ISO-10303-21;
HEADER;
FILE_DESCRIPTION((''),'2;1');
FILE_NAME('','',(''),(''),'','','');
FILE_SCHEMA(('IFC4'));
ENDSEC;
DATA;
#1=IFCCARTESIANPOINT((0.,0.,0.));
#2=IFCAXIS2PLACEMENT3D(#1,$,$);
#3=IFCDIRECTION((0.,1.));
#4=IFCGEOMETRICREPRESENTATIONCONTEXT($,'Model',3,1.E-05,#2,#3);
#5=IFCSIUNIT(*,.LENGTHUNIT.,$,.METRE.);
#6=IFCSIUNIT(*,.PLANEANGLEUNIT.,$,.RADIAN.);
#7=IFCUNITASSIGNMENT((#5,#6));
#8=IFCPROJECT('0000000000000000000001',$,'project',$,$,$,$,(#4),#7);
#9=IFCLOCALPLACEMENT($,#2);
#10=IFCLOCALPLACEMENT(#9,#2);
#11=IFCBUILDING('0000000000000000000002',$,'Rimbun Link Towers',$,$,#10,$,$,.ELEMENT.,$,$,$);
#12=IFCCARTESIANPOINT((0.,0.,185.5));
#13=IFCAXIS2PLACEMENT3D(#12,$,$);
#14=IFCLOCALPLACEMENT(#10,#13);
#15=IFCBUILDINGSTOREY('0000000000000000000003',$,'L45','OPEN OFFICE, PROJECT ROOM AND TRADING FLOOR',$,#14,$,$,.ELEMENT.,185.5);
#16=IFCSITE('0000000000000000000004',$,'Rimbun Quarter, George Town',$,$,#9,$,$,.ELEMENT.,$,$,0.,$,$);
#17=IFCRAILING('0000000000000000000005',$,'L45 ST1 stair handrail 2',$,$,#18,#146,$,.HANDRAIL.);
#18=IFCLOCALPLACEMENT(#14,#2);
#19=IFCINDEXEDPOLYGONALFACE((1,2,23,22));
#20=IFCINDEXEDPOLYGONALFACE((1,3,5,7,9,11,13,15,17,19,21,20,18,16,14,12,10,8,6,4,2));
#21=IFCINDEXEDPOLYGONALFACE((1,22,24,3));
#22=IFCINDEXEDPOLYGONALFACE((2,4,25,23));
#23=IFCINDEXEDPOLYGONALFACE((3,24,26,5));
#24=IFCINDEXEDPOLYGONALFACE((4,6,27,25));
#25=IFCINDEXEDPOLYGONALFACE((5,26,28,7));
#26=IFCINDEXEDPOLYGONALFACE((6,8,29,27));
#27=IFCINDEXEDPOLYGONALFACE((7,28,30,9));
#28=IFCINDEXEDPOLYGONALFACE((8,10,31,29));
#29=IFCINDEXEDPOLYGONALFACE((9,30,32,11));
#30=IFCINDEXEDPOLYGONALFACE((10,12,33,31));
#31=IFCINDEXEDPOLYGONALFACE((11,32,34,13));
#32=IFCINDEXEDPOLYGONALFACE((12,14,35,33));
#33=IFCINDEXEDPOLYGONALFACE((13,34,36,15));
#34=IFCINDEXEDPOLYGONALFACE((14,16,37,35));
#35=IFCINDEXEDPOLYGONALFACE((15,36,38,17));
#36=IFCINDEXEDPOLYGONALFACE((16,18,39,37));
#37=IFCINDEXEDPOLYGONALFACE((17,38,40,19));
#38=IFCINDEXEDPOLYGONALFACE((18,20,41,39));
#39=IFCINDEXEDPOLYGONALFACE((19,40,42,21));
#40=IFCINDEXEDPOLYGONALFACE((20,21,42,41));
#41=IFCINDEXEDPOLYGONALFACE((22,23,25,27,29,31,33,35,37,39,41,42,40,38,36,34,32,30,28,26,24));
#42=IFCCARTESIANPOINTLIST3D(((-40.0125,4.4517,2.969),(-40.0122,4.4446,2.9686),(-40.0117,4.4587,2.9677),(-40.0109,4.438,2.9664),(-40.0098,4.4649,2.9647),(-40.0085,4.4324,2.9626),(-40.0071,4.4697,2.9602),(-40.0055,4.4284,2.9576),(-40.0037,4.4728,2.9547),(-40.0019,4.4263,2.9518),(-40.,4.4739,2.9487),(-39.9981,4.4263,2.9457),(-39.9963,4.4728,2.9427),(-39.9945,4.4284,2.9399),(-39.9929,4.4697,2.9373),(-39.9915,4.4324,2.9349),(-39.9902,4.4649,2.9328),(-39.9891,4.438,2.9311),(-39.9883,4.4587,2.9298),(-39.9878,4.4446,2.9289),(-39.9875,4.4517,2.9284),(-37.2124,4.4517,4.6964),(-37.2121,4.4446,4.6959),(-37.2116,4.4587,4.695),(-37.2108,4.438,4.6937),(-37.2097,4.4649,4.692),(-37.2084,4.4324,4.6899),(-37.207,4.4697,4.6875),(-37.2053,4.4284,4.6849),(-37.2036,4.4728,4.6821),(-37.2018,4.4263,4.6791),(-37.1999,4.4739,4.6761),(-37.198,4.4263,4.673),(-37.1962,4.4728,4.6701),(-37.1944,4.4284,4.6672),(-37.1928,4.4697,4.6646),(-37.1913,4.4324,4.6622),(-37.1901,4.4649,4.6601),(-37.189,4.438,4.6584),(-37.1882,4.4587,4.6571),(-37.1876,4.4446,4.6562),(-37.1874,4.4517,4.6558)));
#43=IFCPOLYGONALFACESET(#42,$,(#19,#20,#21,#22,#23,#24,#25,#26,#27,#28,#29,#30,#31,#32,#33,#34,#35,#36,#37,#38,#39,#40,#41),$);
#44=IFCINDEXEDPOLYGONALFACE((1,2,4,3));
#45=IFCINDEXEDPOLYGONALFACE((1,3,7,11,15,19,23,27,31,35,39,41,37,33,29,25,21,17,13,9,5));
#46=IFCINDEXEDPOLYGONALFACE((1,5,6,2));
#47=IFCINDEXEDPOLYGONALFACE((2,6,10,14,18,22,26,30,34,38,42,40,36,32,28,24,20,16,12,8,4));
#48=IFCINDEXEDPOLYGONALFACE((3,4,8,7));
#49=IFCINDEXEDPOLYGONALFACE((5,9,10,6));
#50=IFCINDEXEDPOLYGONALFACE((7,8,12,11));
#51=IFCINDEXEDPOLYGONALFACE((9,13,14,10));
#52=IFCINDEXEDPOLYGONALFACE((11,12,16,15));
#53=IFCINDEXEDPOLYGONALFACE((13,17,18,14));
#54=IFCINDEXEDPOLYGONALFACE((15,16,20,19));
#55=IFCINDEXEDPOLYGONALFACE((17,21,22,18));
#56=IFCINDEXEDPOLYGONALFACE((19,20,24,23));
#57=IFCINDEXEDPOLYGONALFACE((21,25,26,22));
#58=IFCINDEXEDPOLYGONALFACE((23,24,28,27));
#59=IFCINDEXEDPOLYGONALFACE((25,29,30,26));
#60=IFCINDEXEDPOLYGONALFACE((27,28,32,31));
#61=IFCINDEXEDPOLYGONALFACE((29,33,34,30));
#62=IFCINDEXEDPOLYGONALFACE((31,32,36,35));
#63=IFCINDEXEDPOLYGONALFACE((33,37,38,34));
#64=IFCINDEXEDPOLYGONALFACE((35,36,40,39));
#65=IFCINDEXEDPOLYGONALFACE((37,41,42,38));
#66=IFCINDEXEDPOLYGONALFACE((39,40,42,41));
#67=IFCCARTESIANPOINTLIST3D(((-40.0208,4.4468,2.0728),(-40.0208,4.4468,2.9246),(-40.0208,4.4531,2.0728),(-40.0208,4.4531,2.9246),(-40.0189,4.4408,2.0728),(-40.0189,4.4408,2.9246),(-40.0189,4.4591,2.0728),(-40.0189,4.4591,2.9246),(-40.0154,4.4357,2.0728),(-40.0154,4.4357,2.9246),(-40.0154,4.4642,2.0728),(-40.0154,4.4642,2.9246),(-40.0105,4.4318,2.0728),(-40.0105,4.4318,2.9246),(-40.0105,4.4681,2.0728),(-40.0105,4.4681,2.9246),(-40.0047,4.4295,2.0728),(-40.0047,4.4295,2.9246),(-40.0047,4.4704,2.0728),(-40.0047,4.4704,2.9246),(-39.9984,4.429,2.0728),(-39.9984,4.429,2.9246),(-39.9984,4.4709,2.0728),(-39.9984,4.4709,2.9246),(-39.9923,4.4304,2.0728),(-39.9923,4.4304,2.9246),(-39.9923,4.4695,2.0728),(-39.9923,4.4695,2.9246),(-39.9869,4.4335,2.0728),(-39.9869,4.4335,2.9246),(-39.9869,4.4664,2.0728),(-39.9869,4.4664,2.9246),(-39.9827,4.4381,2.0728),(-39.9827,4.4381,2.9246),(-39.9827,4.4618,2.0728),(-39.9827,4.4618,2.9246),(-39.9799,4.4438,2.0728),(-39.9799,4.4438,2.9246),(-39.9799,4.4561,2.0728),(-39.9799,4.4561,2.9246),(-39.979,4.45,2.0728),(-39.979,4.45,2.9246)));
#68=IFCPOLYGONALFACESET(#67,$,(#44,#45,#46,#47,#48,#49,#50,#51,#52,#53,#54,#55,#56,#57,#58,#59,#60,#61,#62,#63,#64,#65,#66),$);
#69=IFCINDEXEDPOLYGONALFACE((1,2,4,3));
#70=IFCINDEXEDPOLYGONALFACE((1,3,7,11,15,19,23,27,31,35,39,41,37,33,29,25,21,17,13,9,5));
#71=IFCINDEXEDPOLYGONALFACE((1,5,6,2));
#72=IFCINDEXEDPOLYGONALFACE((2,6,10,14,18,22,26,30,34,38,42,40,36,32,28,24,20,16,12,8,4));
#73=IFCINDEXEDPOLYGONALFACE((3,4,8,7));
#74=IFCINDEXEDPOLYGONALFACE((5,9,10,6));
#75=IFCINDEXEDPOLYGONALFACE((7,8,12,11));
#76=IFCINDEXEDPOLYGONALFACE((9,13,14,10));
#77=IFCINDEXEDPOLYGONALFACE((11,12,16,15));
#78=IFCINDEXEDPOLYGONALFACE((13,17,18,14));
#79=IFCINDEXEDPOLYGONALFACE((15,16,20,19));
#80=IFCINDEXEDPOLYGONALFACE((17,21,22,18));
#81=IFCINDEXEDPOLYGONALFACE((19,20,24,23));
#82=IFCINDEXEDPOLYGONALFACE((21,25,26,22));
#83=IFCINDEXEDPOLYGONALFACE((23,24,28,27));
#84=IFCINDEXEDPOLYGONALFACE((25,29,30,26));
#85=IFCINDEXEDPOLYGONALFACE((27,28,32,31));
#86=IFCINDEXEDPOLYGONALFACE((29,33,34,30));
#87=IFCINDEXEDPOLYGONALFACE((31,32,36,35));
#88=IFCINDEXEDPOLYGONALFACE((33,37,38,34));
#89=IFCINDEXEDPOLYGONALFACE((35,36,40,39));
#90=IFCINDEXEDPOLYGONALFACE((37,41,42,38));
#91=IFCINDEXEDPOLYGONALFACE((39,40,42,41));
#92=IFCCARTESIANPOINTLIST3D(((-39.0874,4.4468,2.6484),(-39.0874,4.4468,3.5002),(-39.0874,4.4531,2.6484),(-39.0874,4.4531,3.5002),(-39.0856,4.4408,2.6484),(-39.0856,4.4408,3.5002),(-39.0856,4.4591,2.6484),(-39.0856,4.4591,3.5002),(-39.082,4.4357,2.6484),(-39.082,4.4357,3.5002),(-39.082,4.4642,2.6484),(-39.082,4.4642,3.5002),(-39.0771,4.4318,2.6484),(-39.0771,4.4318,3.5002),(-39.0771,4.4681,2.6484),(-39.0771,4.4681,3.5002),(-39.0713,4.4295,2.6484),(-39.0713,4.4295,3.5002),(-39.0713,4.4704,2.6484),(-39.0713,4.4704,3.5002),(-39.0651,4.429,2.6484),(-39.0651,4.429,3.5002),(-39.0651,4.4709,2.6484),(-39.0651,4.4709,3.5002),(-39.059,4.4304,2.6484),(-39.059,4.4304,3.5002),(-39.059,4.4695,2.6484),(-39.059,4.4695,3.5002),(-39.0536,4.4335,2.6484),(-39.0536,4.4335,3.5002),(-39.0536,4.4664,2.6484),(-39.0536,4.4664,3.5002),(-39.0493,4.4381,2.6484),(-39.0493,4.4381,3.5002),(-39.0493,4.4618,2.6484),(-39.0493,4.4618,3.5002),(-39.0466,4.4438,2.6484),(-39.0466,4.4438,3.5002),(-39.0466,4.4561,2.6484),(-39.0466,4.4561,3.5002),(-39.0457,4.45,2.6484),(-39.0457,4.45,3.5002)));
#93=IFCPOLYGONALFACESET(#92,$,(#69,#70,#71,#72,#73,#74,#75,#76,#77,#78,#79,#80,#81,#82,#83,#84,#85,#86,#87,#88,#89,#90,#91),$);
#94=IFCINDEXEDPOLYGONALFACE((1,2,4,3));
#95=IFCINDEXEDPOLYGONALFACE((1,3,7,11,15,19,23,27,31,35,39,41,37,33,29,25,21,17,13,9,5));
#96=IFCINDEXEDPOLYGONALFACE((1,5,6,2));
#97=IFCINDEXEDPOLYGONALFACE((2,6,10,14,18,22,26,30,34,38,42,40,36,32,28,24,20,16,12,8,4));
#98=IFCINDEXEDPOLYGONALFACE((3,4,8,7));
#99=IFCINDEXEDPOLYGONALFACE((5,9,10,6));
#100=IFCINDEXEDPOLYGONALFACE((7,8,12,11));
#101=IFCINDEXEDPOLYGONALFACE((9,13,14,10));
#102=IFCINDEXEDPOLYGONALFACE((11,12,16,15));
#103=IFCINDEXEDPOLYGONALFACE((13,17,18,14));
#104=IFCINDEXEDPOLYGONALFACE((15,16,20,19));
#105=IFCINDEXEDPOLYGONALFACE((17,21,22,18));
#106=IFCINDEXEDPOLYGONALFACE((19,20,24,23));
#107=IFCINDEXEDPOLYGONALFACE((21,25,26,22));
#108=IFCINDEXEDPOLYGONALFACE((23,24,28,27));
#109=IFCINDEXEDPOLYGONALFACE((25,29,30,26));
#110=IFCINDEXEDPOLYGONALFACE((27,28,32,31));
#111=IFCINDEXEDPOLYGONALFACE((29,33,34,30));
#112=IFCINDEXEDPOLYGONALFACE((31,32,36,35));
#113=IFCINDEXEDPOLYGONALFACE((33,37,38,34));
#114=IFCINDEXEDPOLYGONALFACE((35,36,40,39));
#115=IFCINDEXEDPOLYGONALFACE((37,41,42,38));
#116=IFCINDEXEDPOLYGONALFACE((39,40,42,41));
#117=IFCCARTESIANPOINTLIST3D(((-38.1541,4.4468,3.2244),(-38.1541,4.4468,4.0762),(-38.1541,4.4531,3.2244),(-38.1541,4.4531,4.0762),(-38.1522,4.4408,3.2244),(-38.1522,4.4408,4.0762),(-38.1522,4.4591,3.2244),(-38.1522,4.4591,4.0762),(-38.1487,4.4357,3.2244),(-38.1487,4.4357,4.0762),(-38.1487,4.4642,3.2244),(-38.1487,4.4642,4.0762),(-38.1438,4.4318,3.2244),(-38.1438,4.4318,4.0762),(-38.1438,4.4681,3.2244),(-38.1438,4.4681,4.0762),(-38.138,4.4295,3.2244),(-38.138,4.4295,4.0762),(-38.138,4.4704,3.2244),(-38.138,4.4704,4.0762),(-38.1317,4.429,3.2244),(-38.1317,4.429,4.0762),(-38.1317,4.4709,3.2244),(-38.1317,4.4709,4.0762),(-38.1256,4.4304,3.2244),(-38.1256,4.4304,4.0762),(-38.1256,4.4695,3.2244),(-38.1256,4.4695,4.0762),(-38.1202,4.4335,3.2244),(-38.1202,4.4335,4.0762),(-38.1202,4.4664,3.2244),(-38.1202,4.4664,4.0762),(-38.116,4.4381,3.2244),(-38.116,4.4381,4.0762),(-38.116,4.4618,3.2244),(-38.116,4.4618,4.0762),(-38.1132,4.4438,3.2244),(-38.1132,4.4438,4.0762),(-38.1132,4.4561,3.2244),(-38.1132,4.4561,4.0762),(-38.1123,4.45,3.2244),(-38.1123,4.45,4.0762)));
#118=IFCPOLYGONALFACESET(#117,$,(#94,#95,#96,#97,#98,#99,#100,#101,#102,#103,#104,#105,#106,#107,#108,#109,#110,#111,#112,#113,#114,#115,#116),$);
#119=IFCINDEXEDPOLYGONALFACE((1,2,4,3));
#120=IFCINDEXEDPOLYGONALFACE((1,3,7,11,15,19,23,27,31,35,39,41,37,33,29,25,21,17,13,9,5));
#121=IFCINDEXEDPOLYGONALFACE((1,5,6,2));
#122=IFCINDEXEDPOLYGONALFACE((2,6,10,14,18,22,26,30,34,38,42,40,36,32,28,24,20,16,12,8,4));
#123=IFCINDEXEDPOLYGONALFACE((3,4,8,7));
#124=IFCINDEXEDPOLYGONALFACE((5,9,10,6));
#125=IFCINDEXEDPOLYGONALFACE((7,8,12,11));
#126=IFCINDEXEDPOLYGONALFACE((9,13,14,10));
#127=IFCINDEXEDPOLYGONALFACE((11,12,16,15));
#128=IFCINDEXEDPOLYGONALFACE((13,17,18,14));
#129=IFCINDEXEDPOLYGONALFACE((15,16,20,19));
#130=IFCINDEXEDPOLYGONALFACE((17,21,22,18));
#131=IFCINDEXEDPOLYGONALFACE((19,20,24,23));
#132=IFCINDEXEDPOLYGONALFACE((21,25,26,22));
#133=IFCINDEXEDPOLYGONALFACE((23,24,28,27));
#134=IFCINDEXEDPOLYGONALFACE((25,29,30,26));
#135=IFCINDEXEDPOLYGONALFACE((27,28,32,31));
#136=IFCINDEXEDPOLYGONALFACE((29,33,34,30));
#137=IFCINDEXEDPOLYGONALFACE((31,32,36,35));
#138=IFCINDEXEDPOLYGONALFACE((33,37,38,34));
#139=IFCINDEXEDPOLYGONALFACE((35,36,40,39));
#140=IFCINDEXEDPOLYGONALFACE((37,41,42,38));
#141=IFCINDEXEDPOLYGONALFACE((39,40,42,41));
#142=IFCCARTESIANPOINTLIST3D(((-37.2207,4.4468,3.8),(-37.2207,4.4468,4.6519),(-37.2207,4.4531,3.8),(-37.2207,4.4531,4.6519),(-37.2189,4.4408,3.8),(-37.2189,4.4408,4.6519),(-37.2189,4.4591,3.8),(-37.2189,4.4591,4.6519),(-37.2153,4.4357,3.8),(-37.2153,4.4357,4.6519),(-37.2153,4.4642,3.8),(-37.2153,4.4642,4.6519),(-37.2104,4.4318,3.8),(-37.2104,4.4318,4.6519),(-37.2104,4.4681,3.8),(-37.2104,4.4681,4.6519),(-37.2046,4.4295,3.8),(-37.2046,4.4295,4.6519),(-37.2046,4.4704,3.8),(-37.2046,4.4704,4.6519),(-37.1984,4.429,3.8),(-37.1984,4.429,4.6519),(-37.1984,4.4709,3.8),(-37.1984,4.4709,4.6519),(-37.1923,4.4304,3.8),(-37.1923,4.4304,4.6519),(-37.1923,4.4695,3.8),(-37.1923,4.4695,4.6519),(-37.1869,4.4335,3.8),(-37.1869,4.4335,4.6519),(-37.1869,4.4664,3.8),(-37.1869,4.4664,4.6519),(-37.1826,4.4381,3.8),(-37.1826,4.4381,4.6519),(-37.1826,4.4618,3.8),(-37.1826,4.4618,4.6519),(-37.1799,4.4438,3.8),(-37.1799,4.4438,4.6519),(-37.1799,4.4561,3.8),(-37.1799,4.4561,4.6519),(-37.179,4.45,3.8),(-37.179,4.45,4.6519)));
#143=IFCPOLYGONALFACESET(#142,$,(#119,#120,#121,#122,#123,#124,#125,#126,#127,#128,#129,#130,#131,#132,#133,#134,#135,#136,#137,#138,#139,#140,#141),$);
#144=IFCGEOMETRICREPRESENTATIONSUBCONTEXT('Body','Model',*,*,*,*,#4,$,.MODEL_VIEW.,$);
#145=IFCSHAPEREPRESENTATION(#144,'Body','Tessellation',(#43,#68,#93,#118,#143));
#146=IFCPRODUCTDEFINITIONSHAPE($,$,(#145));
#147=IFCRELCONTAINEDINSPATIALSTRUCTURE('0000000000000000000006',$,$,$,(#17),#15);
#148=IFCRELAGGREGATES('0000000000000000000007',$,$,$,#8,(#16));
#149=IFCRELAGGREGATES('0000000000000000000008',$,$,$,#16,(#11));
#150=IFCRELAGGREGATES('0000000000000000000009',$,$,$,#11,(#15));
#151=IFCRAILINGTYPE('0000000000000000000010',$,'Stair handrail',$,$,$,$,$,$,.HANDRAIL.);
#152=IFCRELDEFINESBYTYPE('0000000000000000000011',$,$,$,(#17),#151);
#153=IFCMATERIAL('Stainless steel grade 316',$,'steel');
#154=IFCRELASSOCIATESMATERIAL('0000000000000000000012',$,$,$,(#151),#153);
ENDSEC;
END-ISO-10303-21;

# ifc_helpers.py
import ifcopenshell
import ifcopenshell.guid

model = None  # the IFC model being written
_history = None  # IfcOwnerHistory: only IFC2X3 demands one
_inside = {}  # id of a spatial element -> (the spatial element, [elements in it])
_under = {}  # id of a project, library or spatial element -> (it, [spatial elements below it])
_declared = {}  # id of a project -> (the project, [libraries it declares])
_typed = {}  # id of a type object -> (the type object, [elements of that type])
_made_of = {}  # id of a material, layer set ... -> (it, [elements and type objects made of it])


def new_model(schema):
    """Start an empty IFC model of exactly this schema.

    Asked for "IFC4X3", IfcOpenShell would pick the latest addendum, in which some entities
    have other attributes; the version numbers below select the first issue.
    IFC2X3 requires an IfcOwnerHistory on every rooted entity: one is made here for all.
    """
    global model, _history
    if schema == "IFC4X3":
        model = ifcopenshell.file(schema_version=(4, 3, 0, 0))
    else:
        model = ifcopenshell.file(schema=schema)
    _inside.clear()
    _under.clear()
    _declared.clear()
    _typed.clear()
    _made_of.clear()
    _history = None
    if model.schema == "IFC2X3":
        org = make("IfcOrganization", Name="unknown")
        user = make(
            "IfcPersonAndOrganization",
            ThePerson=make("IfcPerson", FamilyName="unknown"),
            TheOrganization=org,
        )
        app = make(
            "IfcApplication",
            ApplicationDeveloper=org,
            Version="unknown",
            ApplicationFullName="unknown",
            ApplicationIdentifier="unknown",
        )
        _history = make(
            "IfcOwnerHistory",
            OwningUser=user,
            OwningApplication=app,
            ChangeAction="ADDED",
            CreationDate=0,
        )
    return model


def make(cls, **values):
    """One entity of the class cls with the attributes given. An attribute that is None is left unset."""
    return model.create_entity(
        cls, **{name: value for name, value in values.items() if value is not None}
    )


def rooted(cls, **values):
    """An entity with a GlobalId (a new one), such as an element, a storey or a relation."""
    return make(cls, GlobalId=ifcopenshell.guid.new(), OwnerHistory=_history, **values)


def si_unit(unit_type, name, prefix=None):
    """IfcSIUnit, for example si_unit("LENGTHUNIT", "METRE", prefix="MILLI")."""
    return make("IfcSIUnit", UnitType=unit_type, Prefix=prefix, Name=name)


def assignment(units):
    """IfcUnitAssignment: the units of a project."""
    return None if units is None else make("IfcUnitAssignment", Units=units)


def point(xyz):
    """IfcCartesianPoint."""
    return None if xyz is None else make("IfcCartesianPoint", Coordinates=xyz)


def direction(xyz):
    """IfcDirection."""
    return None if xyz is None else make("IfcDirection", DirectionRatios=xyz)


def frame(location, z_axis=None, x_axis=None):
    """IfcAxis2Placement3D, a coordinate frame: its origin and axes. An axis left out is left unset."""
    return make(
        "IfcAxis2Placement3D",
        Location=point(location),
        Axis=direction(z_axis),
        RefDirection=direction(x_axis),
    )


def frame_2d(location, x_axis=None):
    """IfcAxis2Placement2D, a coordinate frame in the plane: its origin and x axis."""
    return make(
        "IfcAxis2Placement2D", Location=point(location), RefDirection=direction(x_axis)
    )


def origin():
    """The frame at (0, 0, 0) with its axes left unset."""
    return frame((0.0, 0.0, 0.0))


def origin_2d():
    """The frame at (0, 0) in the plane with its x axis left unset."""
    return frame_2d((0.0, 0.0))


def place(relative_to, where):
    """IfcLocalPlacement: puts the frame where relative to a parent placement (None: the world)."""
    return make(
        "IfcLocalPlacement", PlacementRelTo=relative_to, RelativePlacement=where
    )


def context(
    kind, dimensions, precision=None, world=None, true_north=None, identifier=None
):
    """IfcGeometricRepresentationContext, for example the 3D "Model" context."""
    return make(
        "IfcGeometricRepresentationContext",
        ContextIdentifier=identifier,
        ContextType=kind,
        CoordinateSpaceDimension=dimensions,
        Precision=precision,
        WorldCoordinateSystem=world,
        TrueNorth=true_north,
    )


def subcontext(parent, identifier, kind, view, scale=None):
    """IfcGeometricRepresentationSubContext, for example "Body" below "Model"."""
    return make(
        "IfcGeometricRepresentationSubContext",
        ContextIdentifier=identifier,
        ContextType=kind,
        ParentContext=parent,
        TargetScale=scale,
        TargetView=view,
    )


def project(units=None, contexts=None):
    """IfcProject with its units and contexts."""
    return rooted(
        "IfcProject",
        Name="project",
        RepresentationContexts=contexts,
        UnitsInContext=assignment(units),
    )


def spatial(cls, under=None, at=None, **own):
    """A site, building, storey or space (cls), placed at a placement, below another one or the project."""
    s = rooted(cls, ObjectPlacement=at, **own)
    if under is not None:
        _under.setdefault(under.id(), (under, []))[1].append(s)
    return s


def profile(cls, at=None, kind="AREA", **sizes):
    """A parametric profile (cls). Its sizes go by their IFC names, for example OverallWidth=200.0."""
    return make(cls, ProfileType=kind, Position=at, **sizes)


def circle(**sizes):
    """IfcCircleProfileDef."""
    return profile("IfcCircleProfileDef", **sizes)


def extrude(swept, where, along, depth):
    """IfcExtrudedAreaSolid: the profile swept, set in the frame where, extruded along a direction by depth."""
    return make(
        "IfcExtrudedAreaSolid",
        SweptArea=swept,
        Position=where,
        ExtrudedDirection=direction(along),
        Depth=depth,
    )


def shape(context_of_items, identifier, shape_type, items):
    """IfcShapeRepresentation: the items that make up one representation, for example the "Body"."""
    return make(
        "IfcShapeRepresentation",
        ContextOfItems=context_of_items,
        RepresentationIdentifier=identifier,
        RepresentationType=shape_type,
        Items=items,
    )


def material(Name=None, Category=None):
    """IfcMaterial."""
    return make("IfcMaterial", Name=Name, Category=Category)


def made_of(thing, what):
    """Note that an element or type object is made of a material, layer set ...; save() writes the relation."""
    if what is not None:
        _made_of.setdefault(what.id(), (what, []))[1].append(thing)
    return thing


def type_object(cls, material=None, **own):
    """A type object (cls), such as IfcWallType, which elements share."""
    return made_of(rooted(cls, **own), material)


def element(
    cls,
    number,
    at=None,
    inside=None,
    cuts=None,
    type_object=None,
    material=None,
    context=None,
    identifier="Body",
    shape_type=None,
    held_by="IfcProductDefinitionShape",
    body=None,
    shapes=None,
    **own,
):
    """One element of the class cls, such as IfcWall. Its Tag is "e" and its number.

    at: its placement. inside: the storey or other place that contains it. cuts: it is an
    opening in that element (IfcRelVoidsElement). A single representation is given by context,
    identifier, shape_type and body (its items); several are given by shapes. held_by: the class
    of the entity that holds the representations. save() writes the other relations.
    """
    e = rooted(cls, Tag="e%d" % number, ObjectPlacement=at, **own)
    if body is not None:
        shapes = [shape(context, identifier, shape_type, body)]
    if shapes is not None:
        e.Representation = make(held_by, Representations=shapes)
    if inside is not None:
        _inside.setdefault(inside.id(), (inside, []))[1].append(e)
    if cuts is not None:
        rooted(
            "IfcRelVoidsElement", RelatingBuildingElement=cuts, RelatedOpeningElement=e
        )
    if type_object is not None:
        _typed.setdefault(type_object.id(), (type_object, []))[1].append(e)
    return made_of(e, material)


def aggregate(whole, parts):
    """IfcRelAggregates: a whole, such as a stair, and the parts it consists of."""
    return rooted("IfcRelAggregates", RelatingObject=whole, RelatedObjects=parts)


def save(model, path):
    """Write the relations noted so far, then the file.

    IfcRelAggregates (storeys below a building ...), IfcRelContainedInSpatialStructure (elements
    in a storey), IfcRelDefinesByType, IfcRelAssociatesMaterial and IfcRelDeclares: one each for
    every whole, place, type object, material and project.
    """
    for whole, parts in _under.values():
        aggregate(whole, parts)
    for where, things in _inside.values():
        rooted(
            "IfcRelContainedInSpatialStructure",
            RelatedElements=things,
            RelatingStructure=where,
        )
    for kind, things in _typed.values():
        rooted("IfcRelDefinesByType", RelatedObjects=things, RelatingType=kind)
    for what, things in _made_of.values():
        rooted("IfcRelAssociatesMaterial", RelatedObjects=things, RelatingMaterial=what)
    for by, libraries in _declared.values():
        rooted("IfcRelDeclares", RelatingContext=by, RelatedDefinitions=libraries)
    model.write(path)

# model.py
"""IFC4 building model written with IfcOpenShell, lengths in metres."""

from ifc_helpers import new_model, si_unit, direction, frame, origin, origin_2d, place, context, subcontext, project, spatial, circle, extrude, material, type_object, element, save


model = new_model("IFC4")

# Units and contexts
model_context = context("Model", 3, precision=1e-05, world=origin(), true_north=direction((0.0, 1.0)))
body_context = subcontext(model_context, "Body", "Model", "MODEL_VIEW")
ifc_project = project(units=[si_unit("LENGTHUNIT", "METRE"), si_unit("PLANEANGLEUNIT", "RADIAN")], contexts=[model_context])

# Site, building, storey
site_placement = place(None, origin())
site = spatial("IfcSite", under=ifc_project, at=site_placement, Name="Rimbun Quarter, George Town", CompositionType="ELEMENT", RefElevation=0.0)
building_placement = place(site_placement, origin())
building = spatial("IfcBuilding", under=site, at=building_placement, Name="Rimbun Link Towers", CompositionType="ELEMENT")
storey_placement = place(building_placement, frame((0.0, 0.0, 185.5)))
storey = spatial("IfcBuildingStorey", under=building, at=storey_placement, Name="L45", Description="OPEN OFFICE, PROJECT ROOM AND TRADING FLOOR", CompositionType="ELEMENT", Elevation=185.5)

# Railing
ifc_material_1 = material(Name="Stainless steel grade 316", Category="steel")
railing_type_1 = type_object("IfcRailingType", Name="Stair handrail", PredefinedType="HANDRAIL", material=ifc_material_1)
railing_1_placement = place(storey_placement, frame((-40.0, 4.45, 2.0728)))
element("IfcRailing", 1, at=railing_1_placement, inside=storey, type_object=railing_type_1, Name="L45 ST1 stair handrail 2", PredefinedType="HANDRAIL", context=body_context, shape_type="SweptSolid", body=[
    extrude(circle(Radius=0.0239, at=origin_2d()), frame((0.0, 0.0, 0.876), z_axis=(0.85109, 0.0, 0.52502), x_axis=(0.0, 1.0, 0.0)), (0.0, 0.0, 1.0), 3.29),
    extrude(circle(Radius=0.021, at=origin_2d()), origin(), (0.0, 0.0, 1.0), 0.8518),
    extrude(circle(Radius=0.021, at=origin_2d()), frame((0.9333, 0.0, 0.5757)), (0.0, 0.0, 1.0), 0.8518),
    extrude(circle(Radius=0.021, at=origin_2d()), frame((1.8667, 0.0, 1.1516)), (0.0, 0.0, 1.0), 0.8518),
    extrude(circle(Radius=0.021, at=origin_2d()), frame((2.8, 0.0, 1.7273)), (0.0, 0.0, 1.0), 0.8518),
])

save(model, "model.ifc")
